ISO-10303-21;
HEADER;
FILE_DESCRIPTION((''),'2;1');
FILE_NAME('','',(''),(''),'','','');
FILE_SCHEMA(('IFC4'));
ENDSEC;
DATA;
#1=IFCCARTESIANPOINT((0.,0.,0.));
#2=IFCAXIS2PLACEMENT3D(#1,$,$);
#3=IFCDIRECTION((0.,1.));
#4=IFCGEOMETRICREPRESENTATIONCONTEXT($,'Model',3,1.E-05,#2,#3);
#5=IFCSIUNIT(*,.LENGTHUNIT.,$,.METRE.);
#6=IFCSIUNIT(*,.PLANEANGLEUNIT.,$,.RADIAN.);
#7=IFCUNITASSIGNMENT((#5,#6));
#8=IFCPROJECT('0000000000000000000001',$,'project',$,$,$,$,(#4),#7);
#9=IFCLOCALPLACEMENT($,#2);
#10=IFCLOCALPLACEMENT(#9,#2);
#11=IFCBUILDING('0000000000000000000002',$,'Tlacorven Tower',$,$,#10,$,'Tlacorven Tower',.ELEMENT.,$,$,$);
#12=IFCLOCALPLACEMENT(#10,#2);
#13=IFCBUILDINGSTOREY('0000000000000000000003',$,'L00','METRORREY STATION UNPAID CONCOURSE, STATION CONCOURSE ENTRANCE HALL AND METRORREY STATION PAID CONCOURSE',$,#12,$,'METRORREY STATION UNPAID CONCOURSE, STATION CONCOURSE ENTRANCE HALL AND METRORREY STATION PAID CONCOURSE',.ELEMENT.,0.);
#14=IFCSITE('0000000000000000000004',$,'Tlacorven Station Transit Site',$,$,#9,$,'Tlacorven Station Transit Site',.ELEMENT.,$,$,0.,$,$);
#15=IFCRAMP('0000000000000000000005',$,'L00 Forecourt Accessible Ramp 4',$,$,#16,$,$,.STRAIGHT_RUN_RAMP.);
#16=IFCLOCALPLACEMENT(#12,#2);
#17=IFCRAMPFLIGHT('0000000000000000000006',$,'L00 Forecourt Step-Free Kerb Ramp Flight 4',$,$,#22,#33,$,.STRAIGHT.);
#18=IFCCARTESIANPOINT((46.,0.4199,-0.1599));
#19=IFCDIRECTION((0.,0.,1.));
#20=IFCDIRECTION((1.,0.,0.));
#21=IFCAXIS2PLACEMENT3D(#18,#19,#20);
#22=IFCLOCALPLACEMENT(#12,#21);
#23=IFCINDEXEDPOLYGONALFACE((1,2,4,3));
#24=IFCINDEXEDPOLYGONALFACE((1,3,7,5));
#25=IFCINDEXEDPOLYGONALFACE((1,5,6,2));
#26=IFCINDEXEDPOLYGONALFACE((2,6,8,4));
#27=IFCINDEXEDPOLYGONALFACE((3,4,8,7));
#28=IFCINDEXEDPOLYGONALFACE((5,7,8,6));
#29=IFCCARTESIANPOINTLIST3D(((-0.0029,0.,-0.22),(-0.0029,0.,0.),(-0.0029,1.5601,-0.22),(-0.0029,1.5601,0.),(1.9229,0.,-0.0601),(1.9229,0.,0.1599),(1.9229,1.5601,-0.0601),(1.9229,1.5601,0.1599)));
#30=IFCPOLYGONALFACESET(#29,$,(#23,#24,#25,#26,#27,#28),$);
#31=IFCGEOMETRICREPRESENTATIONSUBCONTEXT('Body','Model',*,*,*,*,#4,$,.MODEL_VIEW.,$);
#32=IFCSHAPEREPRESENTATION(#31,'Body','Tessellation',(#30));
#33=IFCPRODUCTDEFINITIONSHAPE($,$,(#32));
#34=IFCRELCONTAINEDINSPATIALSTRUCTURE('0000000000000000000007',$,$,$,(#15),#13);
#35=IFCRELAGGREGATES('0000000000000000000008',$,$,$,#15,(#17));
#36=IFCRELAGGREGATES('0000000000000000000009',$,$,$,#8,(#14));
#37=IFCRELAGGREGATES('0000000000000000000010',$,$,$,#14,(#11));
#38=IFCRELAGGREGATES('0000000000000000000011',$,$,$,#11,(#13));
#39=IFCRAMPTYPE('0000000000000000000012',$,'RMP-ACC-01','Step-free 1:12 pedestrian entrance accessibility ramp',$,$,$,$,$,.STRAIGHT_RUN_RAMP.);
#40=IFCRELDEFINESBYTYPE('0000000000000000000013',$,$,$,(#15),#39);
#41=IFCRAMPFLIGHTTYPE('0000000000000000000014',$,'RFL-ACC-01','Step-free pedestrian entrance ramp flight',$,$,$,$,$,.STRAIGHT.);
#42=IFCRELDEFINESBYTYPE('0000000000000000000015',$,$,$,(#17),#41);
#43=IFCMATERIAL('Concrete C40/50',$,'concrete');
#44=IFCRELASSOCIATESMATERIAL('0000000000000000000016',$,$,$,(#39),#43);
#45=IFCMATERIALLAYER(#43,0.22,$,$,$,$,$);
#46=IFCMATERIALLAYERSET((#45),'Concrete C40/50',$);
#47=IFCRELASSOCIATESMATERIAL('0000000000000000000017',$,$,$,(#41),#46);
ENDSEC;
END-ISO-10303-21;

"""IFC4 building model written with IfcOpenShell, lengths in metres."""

from ifc_helpers import new_model, si_unit, direction, frame, origin, place, context, subcontext, project, spatial, polyline, outline, extrude, material, layer, layer_set, type_object, element, aggregate, save


model = new_model("IFC4")

# Units and contexts
model_context = context("Model", 3, precision=1e-05, world=origin(), true_north=direction((0.0, 1.0)))
body_context = subcontext(model_context, "Body", "Model", "MODEL_VIEW")
ifc_project = project(units=[si_unit("LENGTHUNIT", "METRE"), si_unit("PLANEANGLEUNIT", "RADIAN")], contexts=[model_context])

# Site, building, storey
site_placement = place(None, origin())
site = spatial("IfcSite", under=ifc_project, at=site_placement, Name="Tlacorven Station Transit Site", LongName="Tlacorven Station Transit Site", CompositionType="ELEMENT", RefElevation=0.0)
building_placement = place(site_placement, origin())
building = spatial("IfcBuilding", under=site, at=building_placement, Name="Tlacorven Tower", LongName="Tlacorven Tower", CompositionType="ELEMENT")
storey_placement = place(building_placement, origin())
storey = spatial("IfcBuildingStorey", under=building, at=storey_placement, Name="L00", Description="METRORREY STATION UNPAID CONCOURSE, STATION CONCOURSE ENTRANCE HALL AND METRORREY STATION PAID CONCOURSE", LongName="METRORREY STATION UNPAID CONCOURSE, STATION CONCOURSE ENTRANCE HALL AND METRORREY STATION PAID CONCOURSE", CompositionType="ELEMENT", Elevation=0.0)

# Shared definitions
ifc_material_1 = material(Name="Concrete C40/50", Category="concrete")

# Ramp, ramp flight
ramp_type = type_object("IfcRampType", Name="RMP-ACC-01", Description="Step-free 1:12 pedestrian entrance accessibility ramp", PredefinedType="STRAIGHT_RUN_RAMP", material=ifc_material_1)
ramp_placement = place(storey_placement, origin())
ramp = element("IfcRamp", 1, at=ramp_placement, inside=storey, type_object=ramp_type, Name="L00 Forecourt Accessible Ramp 4", PredefinedType="STRAIGHT_RUN_RAMP")
ifc_layer_1 = layer(ifc_material_1, 0.22)
ifc_layer_set_1 = layer_set([ifc_layer_1], Name="Concrete C40/50")
ramp_flight_type = type_object("IfcRampFlightType", Name="RFL-ACC-01", Description="Step-free pedestrian entrance ramp flight", PredefinedType="STRAIGHT", material=ifc_layer_set_1)
ramp_flight_placement = place(storey_placement, frame((46.0, 0.4199, -0.1599), z_axis=(0.0, 0.0, 1.0), x_axis=(1.0, 0.0, 0.0)))
ramp_flight = element("IfcRampFlight", 2, at=ramp_flight_placement, type_object=ramp_flight_type, Name="L00 Forecourt Step-Free Kerb Ramp Flight 4", PredefinedType="STRAIGHT", context=body_context, shape_type="SweptSolid", body=[
    extrude(outline(polyline([(-0.0029, -0.22), (-0.0029, 0.0), (1.9229, 0.1599), (1.9229, -0.0601), (-0.0029, -0.22)])), frame((0.0, 1.5601, 0.0), z_axis=(0.0, -1.0, 0.0), x_axis=(1.0, 0.0, 0.0)), (0.0, 0.0, 1.0), 1.5601),
])
aggregate(ramp, [ramp_flight])

save(model, "model.ifc")
